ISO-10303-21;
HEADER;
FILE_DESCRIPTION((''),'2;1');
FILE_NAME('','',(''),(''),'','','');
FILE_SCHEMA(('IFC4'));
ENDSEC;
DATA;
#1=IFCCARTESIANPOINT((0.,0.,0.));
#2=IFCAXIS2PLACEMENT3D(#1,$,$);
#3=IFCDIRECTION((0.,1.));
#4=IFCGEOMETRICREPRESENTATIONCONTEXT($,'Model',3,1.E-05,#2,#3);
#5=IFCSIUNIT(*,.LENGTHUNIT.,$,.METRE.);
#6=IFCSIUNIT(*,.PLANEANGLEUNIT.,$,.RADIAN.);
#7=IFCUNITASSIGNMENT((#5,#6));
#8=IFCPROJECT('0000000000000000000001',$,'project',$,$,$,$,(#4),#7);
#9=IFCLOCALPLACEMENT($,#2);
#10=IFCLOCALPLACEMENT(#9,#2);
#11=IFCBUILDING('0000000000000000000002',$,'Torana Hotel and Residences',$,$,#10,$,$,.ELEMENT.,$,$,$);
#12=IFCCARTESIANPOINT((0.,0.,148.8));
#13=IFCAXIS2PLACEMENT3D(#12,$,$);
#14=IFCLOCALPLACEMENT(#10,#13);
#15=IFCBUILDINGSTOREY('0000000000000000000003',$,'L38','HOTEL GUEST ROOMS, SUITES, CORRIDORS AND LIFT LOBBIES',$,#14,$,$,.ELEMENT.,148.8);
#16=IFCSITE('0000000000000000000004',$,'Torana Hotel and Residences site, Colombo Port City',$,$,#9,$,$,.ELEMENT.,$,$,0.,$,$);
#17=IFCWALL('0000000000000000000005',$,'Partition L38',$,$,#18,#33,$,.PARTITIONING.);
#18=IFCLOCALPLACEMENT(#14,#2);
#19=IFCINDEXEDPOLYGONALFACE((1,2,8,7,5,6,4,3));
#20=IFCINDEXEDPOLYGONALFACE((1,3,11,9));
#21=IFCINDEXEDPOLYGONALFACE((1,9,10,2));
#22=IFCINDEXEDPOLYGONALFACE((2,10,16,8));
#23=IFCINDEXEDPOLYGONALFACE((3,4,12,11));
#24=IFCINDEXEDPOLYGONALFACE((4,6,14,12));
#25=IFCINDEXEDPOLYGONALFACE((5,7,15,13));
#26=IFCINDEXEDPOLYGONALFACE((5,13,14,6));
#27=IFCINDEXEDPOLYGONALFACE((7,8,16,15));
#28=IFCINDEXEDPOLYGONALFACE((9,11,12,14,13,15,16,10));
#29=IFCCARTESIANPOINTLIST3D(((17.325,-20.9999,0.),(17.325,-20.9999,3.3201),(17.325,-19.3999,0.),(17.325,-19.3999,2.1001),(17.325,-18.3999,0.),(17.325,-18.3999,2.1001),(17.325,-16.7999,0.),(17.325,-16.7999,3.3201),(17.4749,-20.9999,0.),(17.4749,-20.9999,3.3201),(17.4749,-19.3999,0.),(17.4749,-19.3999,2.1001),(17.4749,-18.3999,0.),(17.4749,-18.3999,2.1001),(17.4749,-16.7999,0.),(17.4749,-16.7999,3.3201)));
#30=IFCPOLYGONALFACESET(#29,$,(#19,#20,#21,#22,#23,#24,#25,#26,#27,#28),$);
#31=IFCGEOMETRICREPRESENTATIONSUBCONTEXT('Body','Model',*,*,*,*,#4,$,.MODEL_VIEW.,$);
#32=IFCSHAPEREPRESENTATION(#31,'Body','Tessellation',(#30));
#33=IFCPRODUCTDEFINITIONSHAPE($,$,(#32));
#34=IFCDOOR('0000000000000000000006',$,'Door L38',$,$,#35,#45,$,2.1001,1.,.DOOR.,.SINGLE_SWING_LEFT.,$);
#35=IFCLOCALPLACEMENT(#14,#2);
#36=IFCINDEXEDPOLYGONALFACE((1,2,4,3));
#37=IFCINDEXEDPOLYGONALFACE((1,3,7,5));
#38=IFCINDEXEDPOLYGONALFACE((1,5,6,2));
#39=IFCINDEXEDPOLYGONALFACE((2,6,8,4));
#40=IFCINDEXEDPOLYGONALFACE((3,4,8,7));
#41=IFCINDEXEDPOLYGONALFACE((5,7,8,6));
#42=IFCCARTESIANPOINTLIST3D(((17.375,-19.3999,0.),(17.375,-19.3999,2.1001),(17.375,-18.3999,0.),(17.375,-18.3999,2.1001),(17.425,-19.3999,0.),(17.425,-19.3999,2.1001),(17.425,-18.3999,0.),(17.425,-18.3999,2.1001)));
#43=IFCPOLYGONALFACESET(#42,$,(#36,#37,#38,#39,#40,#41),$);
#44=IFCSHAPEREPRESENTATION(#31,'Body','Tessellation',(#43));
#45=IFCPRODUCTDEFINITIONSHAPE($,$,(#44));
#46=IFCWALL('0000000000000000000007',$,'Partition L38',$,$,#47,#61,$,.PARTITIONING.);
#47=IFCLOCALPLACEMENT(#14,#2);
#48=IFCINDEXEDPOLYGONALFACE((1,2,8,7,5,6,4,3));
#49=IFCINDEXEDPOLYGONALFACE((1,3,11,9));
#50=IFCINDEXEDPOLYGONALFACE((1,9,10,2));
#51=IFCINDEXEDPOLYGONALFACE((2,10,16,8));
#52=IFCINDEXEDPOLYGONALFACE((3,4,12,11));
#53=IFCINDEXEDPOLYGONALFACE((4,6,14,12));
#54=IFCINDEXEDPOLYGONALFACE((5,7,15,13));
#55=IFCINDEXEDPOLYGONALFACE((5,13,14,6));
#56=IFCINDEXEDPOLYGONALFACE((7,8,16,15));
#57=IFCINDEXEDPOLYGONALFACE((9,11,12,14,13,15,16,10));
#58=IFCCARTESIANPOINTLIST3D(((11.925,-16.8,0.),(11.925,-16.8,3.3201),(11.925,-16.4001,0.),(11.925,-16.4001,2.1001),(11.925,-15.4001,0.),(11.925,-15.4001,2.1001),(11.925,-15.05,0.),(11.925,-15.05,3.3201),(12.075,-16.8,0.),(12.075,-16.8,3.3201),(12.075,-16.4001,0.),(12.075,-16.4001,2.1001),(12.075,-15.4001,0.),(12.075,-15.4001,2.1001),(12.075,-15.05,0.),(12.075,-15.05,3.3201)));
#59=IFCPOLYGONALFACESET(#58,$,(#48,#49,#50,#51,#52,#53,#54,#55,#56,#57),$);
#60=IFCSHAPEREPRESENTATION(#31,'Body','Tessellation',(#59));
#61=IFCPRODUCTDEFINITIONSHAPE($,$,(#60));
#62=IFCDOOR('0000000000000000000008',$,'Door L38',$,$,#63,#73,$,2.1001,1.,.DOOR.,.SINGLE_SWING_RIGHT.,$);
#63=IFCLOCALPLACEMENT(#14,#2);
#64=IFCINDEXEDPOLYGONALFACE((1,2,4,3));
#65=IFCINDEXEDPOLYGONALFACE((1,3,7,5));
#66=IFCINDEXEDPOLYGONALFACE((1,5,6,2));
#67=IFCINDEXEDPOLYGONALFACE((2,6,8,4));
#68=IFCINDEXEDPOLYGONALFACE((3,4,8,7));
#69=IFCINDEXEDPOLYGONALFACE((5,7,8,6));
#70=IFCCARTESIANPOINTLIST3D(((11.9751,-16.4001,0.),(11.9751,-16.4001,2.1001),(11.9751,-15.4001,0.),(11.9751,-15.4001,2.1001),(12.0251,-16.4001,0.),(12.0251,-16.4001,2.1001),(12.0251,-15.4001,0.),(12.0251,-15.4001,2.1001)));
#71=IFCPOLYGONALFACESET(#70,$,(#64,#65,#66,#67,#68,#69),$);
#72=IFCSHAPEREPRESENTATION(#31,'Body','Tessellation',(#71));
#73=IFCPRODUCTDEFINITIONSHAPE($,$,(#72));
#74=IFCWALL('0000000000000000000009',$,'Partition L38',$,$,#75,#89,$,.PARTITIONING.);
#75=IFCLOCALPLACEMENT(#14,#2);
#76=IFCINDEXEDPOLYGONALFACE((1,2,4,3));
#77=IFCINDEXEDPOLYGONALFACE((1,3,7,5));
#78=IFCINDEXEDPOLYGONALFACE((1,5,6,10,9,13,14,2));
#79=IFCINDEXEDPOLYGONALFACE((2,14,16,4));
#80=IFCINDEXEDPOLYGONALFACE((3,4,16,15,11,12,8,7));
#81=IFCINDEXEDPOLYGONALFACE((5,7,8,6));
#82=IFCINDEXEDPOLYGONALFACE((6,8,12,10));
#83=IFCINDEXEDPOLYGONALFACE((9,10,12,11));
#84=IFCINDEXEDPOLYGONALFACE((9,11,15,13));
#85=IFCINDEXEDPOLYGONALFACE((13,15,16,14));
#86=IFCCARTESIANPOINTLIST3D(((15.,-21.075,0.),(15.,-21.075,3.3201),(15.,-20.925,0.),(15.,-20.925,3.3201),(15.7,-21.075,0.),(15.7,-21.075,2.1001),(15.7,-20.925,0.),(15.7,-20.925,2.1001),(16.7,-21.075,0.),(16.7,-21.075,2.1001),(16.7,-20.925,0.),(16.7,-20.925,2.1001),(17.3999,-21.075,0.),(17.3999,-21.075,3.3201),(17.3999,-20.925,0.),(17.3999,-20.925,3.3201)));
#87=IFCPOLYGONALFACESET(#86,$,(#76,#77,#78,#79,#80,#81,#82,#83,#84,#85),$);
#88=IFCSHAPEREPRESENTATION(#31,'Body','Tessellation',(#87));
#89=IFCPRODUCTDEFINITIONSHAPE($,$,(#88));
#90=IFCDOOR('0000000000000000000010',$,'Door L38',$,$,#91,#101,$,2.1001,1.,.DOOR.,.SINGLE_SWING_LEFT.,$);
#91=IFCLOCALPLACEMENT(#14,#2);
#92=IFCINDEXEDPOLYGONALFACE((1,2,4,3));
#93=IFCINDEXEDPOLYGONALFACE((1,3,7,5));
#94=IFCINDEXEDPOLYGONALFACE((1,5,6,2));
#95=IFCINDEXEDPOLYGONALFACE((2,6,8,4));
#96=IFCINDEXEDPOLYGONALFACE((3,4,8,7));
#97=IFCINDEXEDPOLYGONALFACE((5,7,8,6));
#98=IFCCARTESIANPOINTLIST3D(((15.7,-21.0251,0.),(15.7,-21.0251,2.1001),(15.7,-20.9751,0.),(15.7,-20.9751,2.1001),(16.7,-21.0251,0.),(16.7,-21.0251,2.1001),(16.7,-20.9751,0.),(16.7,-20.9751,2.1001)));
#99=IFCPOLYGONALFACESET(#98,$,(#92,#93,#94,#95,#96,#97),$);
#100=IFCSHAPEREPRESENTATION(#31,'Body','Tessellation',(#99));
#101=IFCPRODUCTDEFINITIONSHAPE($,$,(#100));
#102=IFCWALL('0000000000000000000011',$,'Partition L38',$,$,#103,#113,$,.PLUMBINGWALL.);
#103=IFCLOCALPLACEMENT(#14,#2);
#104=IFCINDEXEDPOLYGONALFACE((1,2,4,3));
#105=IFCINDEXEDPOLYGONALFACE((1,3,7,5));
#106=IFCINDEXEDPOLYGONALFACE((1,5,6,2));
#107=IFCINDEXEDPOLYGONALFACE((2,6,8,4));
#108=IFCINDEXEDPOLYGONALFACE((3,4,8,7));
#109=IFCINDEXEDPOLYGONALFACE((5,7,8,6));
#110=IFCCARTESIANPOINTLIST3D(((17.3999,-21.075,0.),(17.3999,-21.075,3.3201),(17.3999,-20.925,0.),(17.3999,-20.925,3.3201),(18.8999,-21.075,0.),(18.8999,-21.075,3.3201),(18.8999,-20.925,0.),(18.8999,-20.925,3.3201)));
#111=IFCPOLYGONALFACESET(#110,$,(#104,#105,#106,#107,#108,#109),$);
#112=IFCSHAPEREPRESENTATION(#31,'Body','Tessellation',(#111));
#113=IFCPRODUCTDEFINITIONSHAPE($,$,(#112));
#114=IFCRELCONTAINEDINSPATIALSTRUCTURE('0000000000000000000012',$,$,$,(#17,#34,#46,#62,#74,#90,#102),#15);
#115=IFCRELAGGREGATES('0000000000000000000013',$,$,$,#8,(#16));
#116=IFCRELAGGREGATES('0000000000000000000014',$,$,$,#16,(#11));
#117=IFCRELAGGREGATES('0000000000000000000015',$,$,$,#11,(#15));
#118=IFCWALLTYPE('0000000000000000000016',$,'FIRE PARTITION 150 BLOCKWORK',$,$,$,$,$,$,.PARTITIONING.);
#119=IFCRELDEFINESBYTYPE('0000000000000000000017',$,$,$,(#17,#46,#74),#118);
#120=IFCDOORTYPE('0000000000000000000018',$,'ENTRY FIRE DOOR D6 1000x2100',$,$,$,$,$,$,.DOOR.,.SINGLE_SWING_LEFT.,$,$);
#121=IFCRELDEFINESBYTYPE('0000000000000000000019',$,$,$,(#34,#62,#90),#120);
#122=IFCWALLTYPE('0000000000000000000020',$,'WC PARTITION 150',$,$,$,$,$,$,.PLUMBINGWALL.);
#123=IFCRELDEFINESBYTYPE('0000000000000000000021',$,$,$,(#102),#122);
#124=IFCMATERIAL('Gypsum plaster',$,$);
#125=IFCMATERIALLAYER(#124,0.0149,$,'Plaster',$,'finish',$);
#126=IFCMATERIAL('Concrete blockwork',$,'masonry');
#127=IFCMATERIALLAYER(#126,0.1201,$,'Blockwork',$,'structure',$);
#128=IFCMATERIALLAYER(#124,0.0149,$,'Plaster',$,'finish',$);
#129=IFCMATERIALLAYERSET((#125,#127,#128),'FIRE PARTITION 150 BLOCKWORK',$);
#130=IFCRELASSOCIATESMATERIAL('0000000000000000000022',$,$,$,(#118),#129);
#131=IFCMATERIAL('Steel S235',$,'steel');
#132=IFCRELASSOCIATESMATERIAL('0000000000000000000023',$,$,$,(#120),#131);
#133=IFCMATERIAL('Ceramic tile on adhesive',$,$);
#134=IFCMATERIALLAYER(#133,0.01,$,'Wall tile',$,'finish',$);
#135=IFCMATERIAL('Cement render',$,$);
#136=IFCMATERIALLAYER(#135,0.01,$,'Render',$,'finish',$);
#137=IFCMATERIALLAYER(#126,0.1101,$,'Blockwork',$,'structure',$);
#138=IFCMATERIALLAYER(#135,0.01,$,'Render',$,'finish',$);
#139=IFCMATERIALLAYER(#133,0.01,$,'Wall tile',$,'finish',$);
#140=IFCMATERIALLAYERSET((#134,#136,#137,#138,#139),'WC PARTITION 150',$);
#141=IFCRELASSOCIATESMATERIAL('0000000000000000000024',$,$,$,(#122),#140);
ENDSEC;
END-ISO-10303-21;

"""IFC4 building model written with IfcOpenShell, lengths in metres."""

from ifc_helpers import new_model, si_unit, direction, frame, frame_2d, origin, place, context, subcontext, project, spatial, rectangle, extrude, material, layer, layer_set, type_object, element, fill, save


model = new_model("IFC4")

# Units and contexts
model_context = context("Model", 3, precision=1e-05, world=origin(), true_north=direction((0.0, 1.0)))
body_context = subcontext(model_context, "Body", "Model", "MODEL_VIEW")
ifc_project = project(units=[si_unit("LENGTHUNIT", "METRE"), si_unit("PLANEANGLEUNIT", "RADIAN")], contexts=[model_context])

# Site, building, storey
site_placement = place(None, origin())
site = spatial("IfcSite", under=ifc_project, at=site_placement, Name="Torana Hotel and Residences site, Colombo Port City", CompositionType="ELEMENT", RefElevation=0.0)
building_placement = place(site_placement, origin())
building = spatial("IfcBuilding", under=site, at=building_placement, Name="Torana Hotel and Residences", CompositionType="ELEMENT")
storey_placement = place(building_placement, frame((0.0, 0.0, 148.8)))
storey = spatial("IfcBuildingStorey", under=building, at=storey_placement, Name="L38", Description="HOTEL GUEST ROOMS, SUITES, CORRIDORS AND LIFT LOBBIES", CompositionType="ELEMENT", Elevation=148.8)

# Walls, openings, doors
ifc_material_1 = material(Name="Gypsum plaster")
ifc_layer_1 = layer(ifc_material_1, 0.0149, Name="Plaster", Category="finish")
ifc_material_2 = material(Name="Concrete blockwork", Category="masonry")
ifc_layer_2 = layer(ifc_material_2, 0.1201, Name="Blockwork", Category="structure")
ifc_layer_3 = layer(ifc_material_1, 0.0149, Name="Plaster", Category="finish")
ifc_layer_set_1 = layer_set([ifc_layer_1, ifc_layer_2, ifc_layer_3], Name="FIRE PARTITION 150 BLOCKWORK")
wall_type_1 = type_object("IfcWallType", Name="FIRE PARTITION 150 BLOCKWORK", PredefinedType="PARTITIONING", material=ifc_layer_set_1)
wall_1_placement = place(storey_placement, frame((17.3999, -21.0, 0.0), z_axis=(0.0, 0.0, 1.0), x_axis=(0.0, 1.0, 0.0)))
wall_1 = element("IfcWall", 1, at=wall_1_placement, inside=storey, type_object=wall_type_1, Name="Partition L38", PredefinedType="PARTITIONING", context=body_context, shape_type="SweptSolid", body=[
    extrude(rectangle(XDim=4.2, YDim=0.1499, at=frame_2d((2.1001, 0.0))), origin(), (0.0, 0.0, 1.0), 3.3201),
])
opening_1_placement = place(wall_1_placement, frame((1.6001, 0.0, 0.0)))
opening_1 = element("IfcOpeningElement", 2, at=opening_1_placement, cuts=wall_1, PredefinedType="OPENING", context=body_context, shape_type="SweptSolid", body=[
    extrude(rectangle(XDim=1.0, YDim=2.1001, at=frame_2d((0.5, 1.05))), frame((0.0, 0.085, 0.0), z_axis=(0.0, -1.0, 0.0), x_axis=(1.0, 0.0, 0.0)), (0.0, 0.0, 1.0), 0.1699),
])
ifc_material_3 = material(Name="Steel S235", Category="steel")
door_type_1 = type_object("IfcDoorType", Name="ENTRY FIRE DOOR D6 1000x2100", OperationType="SINGLE_SWING_LEFT", PredefinedType="DOOR", material=ifc_material_3)
door_1_placement = place(opening_1_placement, frame((0.5, 0.0, 0.0), z_axis=(0.0, 0.0, 1.0), x_axis=(-1.0, 0.0, 0.0)))
door_1 = element("IfcDoor", 3, at=door_1_placement, inside=storey, type_object=door_type_1, Name="Door L38", OperationType="SINGLE_SWING_LEFT", OverallHeight=2.1001, OverallWidth=1.0, PredefinedType="DOOR", context=body_context, shape_type="SweptSolid", body=[
    extrude(rectangle(XDim=1.0, YDim=2.1001, at=frame_2d((0.0, 1.05))), frame((0.0, -0.0249, 0.0), z_axis=(0.0, 1.0, 0.0), x_axis=(-1.0, 0.0, 0.0)), (0.0, 0.0, 1.0), 0.05),
])
fill(opening_1, door_1)
wall_2_placement = place(storey_placement, frame((12.0, -16.8, 0.0), z_axis=(0.0, 0.0, 1.0), x_axis=(0.0, 1.0, 0.0)))
wall_2 = element("IfcWall", 4, at=wall_2_placement, inside=storey, type_object=wall_type_1, Name="Partition L38", PredefinedType="PARTITIONING", context=body_context, shape_type="SweptSolid", body=[
    extrude(rectangle(XDim=1.75, YDim=0.1499, at=frame_2d((0.875, 0.0))), origin(), (0.0, 0.0, 1.0), 3.3201),
])
opening_2_placement = place(wall_2_placement, frame((0.3999, 0.0, 0.0)))
opening_2 = element("IfcOpeningElement", 5, at=opening_2_placement, cuts=wall_2, PredefinedType="OPENING", context=body_context, shape_type="SweptSolid", body=[
    extrude(rectangle(XDim=1.0, YDim=2.1001, at=frame_2d((0.5, 1.05))), frame((0.0, 0.085, 0.0), z_axis=(0.0, -1.0, 0.0), x_axis=(1.0, 0.0, 0.0)), (0.0, 0.0, 1.0), 0.1699),
])
door_2_placement = place(opening_2_placement, origin())
door_2 = element("IfcDoor", 6, at=door_2_placement, inside=storey, type_object=door_type_1, Name="Door L38", OperationType="SINGLE_SWING_RIGHT", OverallHeight=2.1001, OverallWidth=1.0, PredefinedType="DOOR", context=body_context, shape_type="SweptSolid", body=[
    extrude(rectangle(XDim=1.0, YDim=2.1001, at=frame_2d((0.5, 1.05))), frame((0.0, 0.0249, 0.0), z_axis=(0.0, -1.0, 0.0), x_axis=(1.0, 0.0, 0.0)), (0.0, 0.0, 1.0), 0.05),
])
fill(opening_2, door_2)
wall_3_placement = place(storey_placement, frame((15.0, -21.0, 0.0), z_axis=(0.0, 0.0, 1.0), x_axis=(1.0, 0.0, 0.0)))
wall_3 = element("IfcWall", 7, at=wall_3_placement, inside=storey, type_object=wall_type_1, Name="Partition L38", PredefinedType="PARTITIONING", context=body_context, shape_type="SweptSolid", body=[
    extrude(rectangle(XDim=2.3999, YDim=0.1499, at=frame_2d((1.2, 0.0))), origin(), (0.0, 0.0, 1.0), 3.3201),
])
opening_3_placement = place(wall_3_placement, frame((0.7, 0.0, 0.0)))
opening_3 = element("IfcOpeningElement", 8, at=opening_3_placement, cuts=wall_3, PredefinedType="OPENING", context=body_context, shape_type="SweptSolid", body=[
    extrude(rectangle(XDim=1.0, YDim=2.1001, at=frame_2d((0.5, 1.05))), frame((0.0, 0.085, 0.0), z_axis=(0.0, -1.0, 0.0), x_axis=(1.0, 0.0, 0.0)), (0.0, 0.0, 1.0), 0.1699),
])
door_3_placement = place(opening_3_placement, frame((0.5, 0.0, 0.0), z_axis=(0.0, 0.0, 1.0), x_axis=(-1.0, 0.0, 0.0)))
door_3 = element("IfcDoor", 9, at=door_3_placement, inside=storey, type_object=door_type_1, Name="Door L38", OperationType="SINGLE_SWING_LEFT", OverallHeight=2.1001, OverallWidth=1.0, PredefinedType="DOOR", context=body_context, shape_type="SweptSolid", body=[
    extrude(rectangle(XDim=1.0, YDim=2.1001, at=frame_2d((0.0, 1.05))), frame((0.0, -0.0249, 0.0), z_axis=(0.0, 1.0, 0.0), x_axis=(-1.0, 0.0, 0.0)), (0.0, 0.0, 1.0), 0.05),
])
fill(opening_3, door_3)

# Wall
ifc_material_4 = material(Name="Ceramic tile on adhesive")
ifc_layer_4 = layer(ifc_material_4, 0.01, Name="Wall tile", Category="finish")
ifc_material_5 = material(Name="Cement render")
ifc_layer_5 = layer(ifc_material_5, 0.01, Name="Render", Category="finish")
ifc_layer_6 = layer(ifc_material_2, 0.1101, Name="Blockwork", Category="structure")
ifc_layer_7 = layer(ifc_material_5, 0.01, Name="Render", Category="finish")
ifc_layer_8 = layer(ifc_material_4, 0.01, Name="Wall tile", Category="finish")
ifc_layer_set_2 = layer_set([ifc_layer_4, ifc_layer_5, ifc_layer_6, ifc_layer_7, ifc_layer_8], Name="WC PARTITION 150")
wall_type_2 = type_object("IfcWallType", Name="WC PARTITION 150", PredefinedType="PLUMBINGWALL", material=ifc_layer_set_2)
wall_4_placement = place(storey_placement, frame((17.3999, -21.0, 0.0), z_axis=(0.0, 0.0, 1.0), x_axis=(1.0, 0.0, 0.0)))
element("IfcWall", 10, at=wall_4_placement, inside=storey, type_object=wall_type_2, Name="Partition L38", PredefinedType="PLUMBINGWALL", context=body_context, shape_type="SweptSolid", body=[
    extrude(rectangle(XDim=1.5, YDim=0.1499, at=frame_2d((0.75, 0.0))), origin(), (0.0, 0.0, 1.0), 3.3201),
])

save(model, "model.ifc")
